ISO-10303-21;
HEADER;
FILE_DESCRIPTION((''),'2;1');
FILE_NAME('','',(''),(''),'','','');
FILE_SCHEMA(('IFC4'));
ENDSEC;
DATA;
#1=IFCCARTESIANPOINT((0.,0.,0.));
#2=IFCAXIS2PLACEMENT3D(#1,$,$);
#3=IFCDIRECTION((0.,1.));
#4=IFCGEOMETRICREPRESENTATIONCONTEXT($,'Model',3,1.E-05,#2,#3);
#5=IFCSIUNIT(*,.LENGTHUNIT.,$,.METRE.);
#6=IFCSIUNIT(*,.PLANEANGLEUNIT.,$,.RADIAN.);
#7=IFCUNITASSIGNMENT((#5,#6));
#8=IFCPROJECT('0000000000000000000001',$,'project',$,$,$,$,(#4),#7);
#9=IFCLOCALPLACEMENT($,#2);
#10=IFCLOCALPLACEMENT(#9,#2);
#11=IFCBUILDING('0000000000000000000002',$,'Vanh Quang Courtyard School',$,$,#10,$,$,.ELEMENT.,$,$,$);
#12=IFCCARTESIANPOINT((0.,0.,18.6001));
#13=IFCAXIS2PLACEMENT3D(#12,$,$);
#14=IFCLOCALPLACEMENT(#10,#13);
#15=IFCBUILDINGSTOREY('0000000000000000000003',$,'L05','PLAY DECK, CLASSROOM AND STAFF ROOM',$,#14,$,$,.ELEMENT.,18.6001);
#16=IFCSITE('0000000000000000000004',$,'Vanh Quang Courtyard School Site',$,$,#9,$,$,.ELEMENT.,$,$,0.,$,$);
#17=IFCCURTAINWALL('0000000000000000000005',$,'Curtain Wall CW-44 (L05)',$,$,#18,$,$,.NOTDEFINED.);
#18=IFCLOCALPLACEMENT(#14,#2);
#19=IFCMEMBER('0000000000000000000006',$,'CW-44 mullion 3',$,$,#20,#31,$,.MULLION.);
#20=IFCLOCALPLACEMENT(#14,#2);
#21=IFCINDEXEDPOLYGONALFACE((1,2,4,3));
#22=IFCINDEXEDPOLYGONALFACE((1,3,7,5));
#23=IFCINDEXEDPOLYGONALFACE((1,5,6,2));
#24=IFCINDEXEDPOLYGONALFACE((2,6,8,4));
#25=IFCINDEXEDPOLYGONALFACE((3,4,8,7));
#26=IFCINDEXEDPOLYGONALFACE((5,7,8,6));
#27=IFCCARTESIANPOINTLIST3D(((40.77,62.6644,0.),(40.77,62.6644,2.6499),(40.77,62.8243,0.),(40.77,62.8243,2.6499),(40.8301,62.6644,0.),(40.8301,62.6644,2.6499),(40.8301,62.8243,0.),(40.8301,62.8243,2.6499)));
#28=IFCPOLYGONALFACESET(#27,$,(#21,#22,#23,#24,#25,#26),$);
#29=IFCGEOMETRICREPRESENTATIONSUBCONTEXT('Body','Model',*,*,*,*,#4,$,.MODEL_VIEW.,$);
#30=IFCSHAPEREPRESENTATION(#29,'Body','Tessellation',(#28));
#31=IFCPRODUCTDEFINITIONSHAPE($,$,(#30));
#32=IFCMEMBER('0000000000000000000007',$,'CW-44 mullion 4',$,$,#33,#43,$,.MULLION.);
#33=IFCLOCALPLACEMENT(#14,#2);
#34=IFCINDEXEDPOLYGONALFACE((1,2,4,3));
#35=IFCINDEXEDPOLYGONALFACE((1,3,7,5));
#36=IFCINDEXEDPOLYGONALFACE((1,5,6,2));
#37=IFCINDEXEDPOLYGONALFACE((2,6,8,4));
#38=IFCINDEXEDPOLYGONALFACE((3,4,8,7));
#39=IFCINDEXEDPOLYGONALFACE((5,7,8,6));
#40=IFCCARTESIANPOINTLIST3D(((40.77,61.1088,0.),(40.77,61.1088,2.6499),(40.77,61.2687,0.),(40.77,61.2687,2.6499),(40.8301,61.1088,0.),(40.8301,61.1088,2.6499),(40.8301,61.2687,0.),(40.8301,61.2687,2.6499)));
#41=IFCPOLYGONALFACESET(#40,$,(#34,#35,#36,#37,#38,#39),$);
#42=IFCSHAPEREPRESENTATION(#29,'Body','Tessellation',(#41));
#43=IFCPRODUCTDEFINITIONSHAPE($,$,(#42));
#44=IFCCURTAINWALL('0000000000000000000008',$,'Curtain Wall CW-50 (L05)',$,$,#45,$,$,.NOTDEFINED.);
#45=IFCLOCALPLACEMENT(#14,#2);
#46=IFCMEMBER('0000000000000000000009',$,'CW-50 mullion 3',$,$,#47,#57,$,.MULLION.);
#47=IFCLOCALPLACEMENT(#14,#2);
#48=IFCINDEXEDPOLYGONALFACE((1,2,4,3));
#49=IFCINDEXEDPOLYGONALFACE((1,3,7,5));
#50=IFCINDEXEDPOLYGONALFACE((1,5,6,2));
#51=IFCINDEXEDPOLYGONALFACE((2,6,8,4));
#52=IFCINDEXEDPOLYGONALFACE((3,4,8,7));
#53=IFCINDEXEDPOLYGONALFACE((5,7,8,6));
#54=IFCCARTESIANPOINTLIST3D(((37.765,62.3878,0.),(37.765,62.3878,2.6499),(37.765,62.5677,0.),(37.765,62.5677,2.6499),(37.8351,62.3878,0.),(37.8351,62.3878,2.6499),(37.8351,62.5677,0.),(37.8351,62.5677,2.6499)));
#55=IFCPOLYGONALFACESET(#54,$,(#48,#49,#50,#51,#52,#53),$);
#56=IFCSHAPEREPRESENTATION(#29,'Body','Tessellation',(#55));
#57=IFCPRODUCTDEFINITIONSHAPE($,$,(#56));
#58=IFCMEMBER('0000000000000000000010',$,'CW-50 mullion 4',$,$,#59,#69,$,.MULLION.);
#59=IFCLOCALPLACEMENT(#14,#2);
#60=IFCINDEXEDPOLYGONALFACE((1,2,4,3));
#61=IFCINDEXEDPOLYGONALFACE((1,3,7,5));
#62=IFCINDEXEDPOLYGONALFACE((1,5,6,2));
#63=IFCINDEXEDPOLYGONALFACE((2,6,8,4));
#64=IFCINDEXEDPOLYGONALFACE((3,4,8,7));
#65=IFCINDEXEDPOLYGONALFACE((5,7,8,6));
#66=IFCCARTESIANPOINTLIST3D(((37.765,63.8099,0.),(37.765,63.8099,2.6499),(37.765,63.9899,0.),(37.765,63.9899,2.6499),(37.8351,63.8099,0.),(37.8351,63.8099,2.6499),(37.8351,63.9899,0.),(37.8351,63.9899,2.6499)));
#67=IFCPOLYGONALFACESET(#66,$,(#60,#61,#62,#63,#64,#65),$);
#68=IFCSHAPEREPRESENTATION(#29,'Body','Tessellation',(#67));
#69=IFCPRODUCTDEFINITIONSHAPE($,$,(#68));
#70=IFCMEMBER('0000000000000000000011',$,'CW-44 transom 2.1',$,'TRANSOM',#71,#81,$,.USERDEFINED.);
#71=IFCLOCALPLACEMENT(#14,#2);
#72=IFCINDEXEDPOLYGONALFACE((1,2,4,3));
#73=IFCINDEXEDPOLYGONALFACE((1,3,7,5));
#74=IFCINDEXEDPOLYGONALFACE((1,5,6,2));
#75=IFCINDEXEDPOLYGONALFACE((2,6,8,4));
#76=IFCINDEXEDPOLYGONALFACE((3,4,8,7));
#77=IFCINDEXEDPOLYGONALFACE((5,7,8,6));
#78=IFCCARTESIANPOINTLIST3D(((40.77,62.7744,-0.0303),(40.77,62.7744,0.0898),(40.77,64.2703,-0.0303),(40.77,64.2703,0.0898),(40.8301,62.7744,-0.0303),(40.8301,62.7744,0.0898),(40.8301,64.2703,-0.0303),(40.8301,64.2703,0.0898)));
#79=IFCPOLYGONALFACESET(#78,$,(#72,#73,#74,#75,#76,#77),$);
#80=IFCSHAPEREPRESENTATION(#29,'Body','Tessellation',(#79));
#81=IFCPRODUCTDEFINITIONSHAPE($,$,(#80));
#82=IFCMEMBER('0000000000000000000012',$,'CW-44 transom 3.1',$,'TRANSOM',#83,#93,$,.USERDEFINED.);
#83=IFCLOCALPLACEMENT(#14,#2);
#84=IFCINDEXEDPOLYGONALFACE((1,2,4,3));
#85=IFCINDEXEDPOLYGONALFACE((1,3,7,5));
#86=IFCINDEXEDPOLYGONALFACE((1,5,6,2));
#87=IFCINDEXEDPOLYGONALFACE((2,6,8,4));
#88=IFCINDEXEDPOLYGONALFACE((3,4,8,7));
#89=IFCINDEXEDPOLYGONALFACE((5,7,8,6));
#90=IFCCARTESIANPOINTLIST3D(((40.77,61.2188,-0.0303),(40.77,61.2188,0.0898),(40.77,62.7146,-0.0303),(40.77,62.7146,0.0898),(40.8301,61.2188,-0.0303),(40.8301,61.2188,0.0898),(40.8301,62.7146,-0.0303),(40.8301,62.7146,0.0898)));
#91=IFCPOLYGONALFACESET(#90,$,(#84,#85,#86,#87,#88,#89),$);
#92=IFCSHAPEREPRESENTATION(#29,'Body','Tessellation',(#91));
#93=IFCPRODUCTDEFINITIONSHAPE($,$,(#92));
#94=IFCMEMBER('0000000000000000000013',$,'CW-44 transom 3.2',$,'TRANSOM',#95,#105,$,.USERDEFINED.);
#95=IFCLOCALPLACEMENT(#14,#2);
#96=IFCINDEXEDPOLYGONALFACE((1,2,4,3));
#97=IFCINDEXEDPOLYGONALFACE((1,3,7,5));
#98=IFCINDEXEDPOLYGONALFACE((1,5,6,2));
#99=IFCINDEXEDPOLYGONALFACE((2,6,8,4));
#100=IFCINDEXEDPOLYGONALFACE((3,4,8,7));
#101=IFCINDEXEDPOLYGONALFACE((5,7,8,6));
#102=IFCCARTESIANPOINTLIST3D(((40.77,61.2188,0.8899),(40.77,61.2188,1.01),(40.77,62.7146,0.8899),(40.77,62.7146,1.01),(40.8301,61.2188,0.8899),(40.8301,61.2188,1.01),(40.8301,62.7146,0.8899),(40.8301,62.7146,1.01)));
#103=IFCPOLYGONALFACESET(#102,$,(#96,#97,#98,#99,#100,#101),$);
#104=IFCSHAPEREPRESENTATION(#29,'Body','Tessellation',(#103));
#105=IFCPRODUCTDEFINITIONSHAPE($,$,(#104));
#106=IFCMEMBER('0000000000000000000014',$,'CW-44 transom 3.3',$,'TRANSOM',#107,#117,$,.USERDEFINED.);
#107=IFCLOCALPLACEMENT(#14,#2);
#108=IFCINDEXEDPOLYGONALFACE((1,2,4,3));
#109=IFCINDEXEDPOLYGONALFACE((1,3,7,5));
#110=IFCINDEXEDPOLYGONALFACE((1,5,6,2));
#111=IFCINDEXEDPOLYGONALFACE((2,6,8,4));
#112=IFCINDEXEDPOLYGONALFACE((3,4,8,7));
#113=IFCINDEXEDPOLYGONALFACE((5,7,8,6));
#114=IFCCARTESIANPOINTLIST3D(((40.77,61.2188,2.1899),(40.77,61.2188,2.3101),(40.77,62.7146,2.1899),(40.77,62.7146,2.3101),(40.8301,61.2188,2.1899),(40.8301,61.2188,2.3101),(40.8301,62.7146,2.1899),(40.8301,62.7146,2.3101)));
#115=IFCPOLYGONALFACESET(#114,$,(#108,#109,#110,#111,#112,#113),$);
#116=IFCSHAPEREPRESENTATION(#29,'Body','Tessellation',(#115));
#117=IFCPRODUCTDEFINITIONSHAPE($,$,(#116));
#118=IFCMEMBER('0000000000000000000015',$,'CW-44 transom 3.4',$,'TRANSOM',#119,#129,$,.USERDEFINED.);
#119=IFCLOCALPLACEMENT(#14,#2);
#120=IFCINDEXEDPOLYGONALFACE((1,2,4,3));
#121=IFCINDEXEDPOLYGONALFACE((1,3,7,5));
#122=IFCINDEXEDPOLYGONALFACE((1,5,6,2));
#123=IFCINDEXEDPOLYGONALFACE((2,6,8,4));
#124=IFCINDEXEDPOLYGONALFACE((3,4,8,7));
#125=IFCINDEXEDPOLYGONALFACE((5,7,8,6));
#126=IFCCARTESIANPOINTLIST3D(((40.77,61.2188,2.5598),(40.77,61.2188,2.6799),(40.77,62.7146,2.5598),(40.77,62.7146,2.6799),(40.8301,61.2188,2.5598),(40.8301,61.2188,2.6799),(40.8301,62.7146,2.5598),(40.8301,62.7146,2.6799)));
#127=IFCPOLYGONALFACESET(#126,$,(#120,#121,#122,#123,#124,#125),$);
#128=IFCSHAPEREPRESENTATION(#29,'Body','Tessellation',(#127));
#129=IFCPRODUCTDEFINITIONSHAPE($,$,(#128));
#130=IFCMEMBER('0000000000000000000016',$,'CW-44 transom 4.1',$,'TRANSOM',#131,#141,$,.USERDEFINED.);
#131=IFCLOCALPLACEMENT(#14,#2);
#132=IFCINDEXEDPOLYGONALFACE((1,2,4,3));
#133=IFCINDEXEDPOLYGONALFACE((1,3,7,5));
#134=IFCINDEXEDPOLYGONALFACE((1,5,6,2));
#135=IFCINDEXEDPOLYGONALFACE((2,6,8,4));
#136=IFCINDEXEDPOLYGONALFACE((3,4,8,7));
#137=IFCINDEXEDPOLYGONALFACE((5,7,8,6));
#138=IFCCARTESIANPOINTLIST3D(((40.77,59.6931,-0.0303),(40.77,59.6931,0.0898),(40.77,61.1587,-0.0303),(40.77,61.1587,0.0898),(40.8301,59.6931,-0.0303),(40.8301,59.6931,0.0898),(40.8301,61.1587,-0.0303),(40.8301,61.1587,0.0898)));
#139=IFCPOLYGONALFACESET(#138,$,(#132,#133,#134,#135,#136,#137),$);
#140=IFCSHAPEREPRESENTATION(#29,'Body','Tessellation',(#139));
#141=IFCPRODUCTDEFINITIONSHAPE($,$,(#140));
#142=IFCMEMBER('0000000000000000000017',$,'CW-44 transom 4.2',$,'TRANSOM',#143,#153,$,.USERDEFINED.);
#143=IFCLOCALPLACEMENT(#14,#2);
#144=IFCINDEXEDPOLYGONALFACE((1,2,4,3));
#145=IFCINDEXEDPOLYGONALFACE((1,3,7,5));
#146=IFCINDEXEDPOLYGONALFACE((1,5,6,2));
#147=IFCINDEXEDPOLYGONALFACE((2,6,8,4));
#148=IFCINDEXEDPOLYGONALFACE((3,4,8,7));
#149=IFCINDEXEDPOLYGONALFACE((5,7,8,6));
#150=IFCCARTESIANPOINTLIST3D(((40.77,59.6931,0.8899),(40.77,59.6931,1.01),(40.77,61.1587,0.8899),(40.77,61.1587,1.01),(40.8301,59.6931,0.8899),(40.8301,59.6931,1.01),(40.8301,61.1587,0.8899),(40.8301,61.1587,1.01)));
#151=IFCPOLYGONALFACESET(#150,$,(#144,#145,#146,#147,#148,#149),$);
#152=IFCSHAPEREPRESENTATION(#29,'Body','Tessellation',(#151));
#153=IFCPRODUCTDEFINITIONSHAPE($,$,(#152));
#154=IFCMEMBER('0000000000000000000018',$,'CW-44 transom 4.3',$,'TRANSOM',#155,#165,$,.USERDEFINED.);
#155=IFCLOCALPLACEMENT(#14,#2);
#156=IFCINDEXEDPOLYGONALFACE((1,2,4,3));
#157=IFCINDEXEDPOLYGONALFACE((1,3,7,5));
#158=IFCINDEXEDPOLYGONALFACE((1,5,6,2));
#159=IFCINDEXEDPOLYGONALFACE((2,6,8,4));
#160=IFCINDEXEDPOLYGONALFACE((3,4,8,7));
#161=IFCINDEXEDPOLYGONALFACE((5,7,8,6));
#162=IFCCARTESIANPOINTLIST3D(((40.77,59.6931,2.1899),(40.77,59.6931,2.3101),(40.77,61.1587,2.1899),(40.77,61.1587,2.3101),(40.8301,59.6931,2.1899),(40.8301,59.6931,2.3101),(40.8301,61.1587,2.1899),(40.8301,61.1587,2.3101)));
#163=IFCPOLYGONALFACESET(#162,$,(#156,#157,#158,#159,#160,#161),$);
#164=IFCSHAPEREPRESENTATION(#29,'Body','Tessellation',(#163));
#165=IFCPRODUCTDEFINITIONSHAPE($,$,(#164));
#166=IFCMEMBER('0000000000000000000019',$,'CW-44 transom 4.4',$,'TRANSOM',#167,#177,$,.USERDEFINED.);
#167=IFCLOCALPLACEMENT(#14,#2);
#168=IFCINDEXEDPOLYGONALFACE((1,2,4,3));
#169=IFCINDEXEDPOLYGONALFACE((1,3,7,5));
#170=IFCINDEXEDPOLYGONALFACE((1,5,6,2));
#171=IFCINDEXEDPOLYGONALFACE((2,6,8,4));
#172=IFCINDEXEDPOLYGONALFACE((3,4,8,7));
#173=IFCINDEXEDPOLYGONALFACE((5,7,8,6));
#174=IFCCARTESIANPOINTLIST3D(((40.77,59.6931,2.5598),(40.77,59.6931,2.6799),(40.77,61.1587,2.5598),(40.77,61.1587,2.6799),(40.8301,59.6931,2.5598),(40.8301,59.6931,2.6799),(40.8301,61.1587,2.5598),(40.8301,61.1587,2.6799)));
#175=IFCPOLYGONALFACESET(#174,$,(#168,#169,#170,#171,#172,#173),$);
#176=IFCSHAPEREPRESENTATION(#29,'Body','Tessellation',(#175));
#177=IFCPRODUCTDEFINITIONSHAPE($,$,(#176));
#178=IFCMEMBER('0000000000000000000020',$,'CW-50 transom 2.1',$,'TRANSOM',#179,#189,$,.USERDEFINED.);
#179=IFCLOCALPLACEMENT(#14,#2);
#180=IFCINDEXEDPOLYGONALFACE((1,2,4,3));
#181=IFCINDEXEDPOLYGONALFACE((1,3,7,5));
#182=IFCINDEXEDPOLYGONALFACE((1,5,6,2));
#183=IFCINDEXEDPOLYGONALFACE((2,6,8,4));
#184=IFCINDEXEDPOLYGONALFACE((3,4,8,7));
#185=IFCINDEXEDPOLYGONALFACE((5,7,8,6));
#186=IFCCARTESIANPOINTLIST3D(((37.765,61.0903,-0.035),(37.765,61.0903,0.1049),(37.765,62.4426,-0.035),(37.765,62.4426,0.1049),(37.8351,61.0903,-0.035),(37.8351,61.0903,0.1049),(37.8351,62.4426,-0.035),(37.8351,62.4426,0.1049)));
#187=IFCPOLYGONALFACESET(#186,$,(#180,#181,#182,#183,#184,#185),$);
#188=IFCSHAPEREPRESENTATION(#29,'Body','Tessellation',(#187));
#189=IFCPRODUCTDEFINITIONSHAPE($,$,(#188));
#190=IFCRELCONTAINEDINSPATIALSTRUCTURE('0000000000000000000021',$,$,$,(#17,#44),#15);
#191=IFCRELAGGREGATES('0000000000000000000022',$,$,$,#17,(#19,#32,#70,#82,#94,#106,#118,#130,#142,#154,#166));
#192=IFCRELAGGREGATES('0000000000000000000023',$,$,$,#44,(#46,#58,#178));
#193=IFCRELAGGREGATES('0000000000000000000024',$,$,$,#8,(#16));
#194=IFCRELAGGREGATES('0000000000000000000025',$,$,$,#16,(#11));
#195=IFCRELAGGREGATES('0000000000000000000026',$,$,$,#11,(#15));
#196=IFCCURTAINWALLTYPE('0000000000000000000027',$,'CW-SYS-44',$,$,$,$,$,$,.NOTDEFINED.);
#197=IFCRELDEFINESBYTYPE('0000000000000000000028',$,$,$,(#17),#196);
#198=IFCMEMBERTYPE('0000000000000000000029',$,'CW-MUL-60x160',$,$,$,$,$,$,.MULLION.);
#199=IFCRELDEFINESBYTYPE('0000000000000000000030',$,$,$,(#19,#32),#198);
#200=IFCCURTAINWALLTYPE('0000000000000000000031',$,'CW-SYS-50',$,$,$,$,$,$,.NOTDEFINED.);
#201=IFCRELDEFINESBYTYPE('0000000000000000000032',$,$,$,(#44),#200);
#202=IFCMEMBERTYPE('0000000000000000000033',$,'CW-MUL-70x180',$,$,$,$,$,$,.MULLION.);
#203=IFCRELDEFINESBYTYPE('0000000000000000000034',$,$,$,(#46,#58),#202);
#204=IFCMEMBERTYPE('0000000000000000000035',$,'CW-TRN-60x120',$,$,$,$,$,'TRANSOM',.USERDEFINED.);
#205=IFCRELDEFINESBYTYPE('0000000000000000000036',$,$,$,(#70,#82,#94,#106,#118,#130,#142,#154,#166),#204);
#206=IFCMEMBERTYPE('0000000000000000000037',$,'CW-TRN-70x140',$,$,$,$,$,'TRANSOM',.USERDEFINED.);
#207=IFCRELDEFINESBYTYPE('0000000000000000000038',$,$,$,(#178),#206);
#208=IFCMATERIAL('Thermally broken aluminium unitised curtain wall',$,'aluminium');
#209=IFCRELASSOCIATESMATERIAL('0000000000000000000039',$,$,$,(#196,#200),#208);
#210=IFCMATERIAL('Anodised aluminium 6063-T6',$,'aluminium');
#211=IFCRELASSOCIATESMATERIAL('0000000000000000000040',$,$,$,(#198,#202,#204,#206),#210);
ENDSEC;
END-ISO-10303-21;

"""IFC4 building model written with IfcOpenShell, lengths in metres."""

from ifc_helpers import new_model, si_unit, direction, frame, origin, origin_2d, place, context, subcontext, project, spatial, rectangle, extrude, material, material_profile, profile_set, type_object, element, aggregate, save


model = new_model("IFC4")

# Units and contexts
model_context = context("Model", 3, precision=1e-05, world=origin(), true_north=direction((0.0, 1.0)))
body_context = subcontext(model_context, "Body", "Model", "MODEL_VIEW")
ifc_project = project(units=[si_unit("LENGTHUNIT", "METRE"), si_unit("PLANEANGLEUNIT", "RADIAN")], contexts=[model_context])

# Site, building, storey
site_placement = place(None, origin())
site = spatial("IfcSite", under=ifc_project, at=site_placement, Name="Vanh Quang Courtyard School Site", CompositionType="ELEMENT", RefElevation=0.0)
building_placement = place(site_placement, origin())
building = spatial("IfcBuilding", under=site, at=building_placement, Name="Vanh Quang Courtyard School", CompositionType="ELEMENT")
storey_placement = place(building_placement, frame((0.0, 0.0, 18.6001)))
storey = spatial("IfcBuildingStorey", under=building, at=storey_placement, Name="L05", Description="PLAY DECK, CLASSROOM AND STAFF ROOM", CompositionType="ELEMENT", Elevation=18.6001)

# Curtain walls, members
ifc_material_1 = material(Name="Thermally broken aluminium unitised curtain wall", Category="aluminium")
curtain_wall_type_1 = type_object("IfcCurtainWallType", Name="CW-SYS-44", PredefinedType="NOTDEFINED", material=ifc_material_1)
curtain_wall_1_placement = place(storey_placement, origin())
curtain_wall_1 = element("IfcCurtainWall", 1, at=curtain_wall_1_placement, inside=storey, type_object=curtain_wall_type_1, Name="Curtain Wall CW-44 (L05)", PredefinedType="NOTDEFINED")
ifc_material_2 = material(Name="Anodised aluminium 6063-T6", Category="aluminium")
ifc_material_profile_1 = material_profile(ifc_material_2, rectangle(XDim=0.0601, YDim=0.1599, at=origin_2d()), Name="ALU-MUL 60x160")
ifc_profile_set_1 = profile_set([ifc_material_profile_1], Name="Anodised aluminium 6063-T6")
member_type_1 = type_object("IfcMemberType", Name="CW-MUL-60x160", PredefinedType="MULLION", material=ifc_profile_set_1)
member_1_placement = place(storey_placement, frame((40.8, 62.7444, 0.0), z_axis=(0.0, 0.0, 1.0), x_axis=(1.0, 0.0, 0.0)))
member_1 = element("IfcMember", 2, at=member_1_placement, type_object=member_type_1, Name="CW-44 mullion 3", PredefinedType="MULLION", context=body_context, shape_type="SweptSolid", body=[
    extrude(rectangle(XDim=0.0601, YDim=0.1599, at=origin_2d()), origin(), (0.0, 0.0, 1.0), 2.6499),
])
member_2_placement = place(storey_placement, frame((40.8, 61.1887, 0.0), z_axis=(0.0, 0.0, 1.0), x_axis=(1.0, 0.0, 0.0)))
member_2 = element("IfcMember", 3, at=member_2_placement, type_object=member_type_1, Name="CW-44 mullion 4", PredefinedType="MULLION", context=body_context, shape_type="SweptSolid", body=[
    extrude(rectangle(XDim=0.0601, YDim=0.1599, at=origin_2d()), origin(), (0.0, 0.0, 1.0), 2.6499),
])
curtain_wall_type_2 = type_object("IfcCurtainWallType", Name="CW-SYS-50", PredefinedType="NOTDEFINED", material=ifc_material_1)
curtain_wall_2_placement = place(storey_placement, origin())
curtain_wall_2 = element("IfcCurtainWall", 4, at=curtain_wall_2_placement, inside=storey, type_object=curtain_wall_type_2, Name="Curtain Wall CW-50 (L05)", PredefinedType="NOTDEFINED")
ifc_material_profile_2 = material_profile(ifc_material_2, rectangle(XDim=0.0701, YDim=0.1799, at=origin_2d()), Name="ALU-MUL 70x180")
ifc_profile_set_2 = profile_set([ifc_material_profile_2], Name="Anodised aluminium 6063-T6")
member_type_2 = type_object("IfcMemberType", Name="CW-MUL-70x180", PredefinedType="MULLION", material=ifc_profile_set_2)
member_3_placement = place(storey_placement, frame((37.8, 62.4778, 0.0), z_axis=(0.0, 0.0, 1.0), x_axis=(-1.0, 0.0, 0.0)))
member_3 = element("IfcMember", 5, at=member_3_placement, type_object=member_type_2, Name="CW-50 mullion 3", PredefinedType="MULLION", context=body_context, shape_type="SweptSolid", body=[
    extrude(rectangle(XDim=0.0701, YDim=0.1799, at=origin_2d()), origin(), (0.0, 0.0, 1.0), 2.6499),
])
member_4_placement = place(storey_placement, frame((37.8, 63.8999, 0.0), z_axis=(0.0, 0.0, 1.0), x_axis=(-1.0, 0.0, 0.0)))
member_4 = element("IfcMember", 6, at=member_4_placement, type_object=member_type_2, Name="CW-50 mullion 4", PredefinedType="MULLION", context=body_context, shape_type="SweptSolid", body=[
    extrude(rectangle(XDim=0.0701, YDim=0.1799, at=origin_2d()), origin(), (0.0, 0.0, 1.0), 2.6499),
])

# Members
ifc_material_profile_3 = material_profile(ifc_material_2, rectangle(XDim=0.0601, YDim=0.1201, at=origin_2d()), Name="ALU-TRN 60x120")
ifc_profile_set_3 = profile_set([ifc_material_profile_3], Name="Anodised aluminium 6063-T6")
member_type_3 = type_object("IfcMemberType", Name="CW-TRN-60x120", ElementType="TRANSOM", PredefinedType="USERDEFINED", material=ifc_profile_set_3)
member_5_placement = place(storey_placement, frame((40.8, 64.2703, 0.0298), z_axis=(0.0, -1.0, 0.0), x_axis=(1.0, 0.0, 0.0)))
member_5 = element("IfcMember", 7, at=member_5_placement, type_object=member_type_3, Name="CW-44 transom 2.1", ObjectType="TRANSOM", PredefinedType="USERDEFINED", context=body_context, shape_type="SweptSolid", body=[
    extrude(rectangle(XDim=0.0601, YDim=0.1201, at=origin_2d()), origin(), (0.0, 0.0, 1.0), 1.4958),
])
member_6_placement = place(storey_placement, frame((40.8, 62.7146, 0.0298), z_axis=(0.0, -1.0, 0.0), x_axis=(1.0, 0.0, 0.0)))
member_6 = element("IfcMember", 8, at=member_6_placement, type_object=member_type_3, Name="CW-44 transom 3.1", ObjectType="TRANSOM", PredefinedType="USERDEFINED", context=body_context, shape_type="SweptSolid", body=[
    extrude(rectangle(XDim=0.0601, YDim=0.1201, at=origin_2d()), origin(), (0.0, 0.0, 1.0), 1.4958),
])
member_7_placement = place(storey_placement, frame((40.8, 62.7146, 0.95), z_axis=(0.0, -1.0, 0.0), x_axis=(1.0, 0.0, 0.0)))
member_7 = element("IfcMember", 9, at=member_7_placement, type_object=member_type_3, Name="CW-44 transom 3.2", ObjectType="TRANSOM", PredefinedType="USERDEFINED", context=body_context, shape_type="SweptSolid", body=[
    extrude(rectangle(XDim=0.0601, YDim=0.1201, at=origin_2d()), origin(), (0.0, 0.0, 1.0), 1.4958),
])
member_8_placement = place(storey_placement, frame((40.8, 62.7146, 2.25), z_axis=(0.0, -1.0, 0.0), x_axis=(1.0, 0.0, 0.0)))
member_8 = element("IfcMember", 10, at=member_8_placement, type_object=member_type_3, Name="CW-44 transom 3.3", ObjectType="TRANSOM", PredefinedType="USERDEFINED", context=body_context, shape_type="SweptSolid", body=[
    extrude(rectangle(XDim=0.0601, YDim=0.1201, at=origin_2d()), origin(), (0.0, 0.0, 1.0), 1.4958),
])
member_9_placement = place(storey_placement, frame((40.8, 62.7146, 2.6199), z_axis=(0.0, -1.0, 0.0), x_axis=(1.0, 0.0, 0.0)))
member_9 = element("IfcMember", 11, at=member_9_placement, type_object=member_type_3, Name="CW-44 transom 3.4", ObjectType="TRANSOM", PredefinedType="USERDEFINED", context=body_context, shape_type="SweptSolid", body=[
    extrude(rectangle(XDim=0.0601, YDim=0.1201, at=origin_2d()), origin(), (0.0, 0.0, 1.0), 1.4958),
])
member_10_placement = place(storey_placement, frame((40.8, 61.1587, 0.0298), z_axis=(0.0, -1.0, 0.0), x_axis=(1.0, 0.0, 0.0)))
member_10 = element("IfcMember", 12, at=member_10_placement, type_object=member_type_3, Name="CW-44 transom 4.1", ObjectType="TRANSOM", PredefinedType="USERDEFINED", context=body_context, shape_type="SweptSolid", body=[
    extrude(rectangle(XDim=0.0601, YDim=0.1201, at=origin_2d()), origin(), (0.0, 0.0, 1.0), 1.4656),
])
member_11_placement = place(storey_placement, frame((40.8, 61.1587, 0.95), z_axis=(0.0, -1.0, 0.0), x_axis=(1.0, 0.0, 0.0)))
member_11 = element("IfcMember", 13, at=member_11_placement, type_object=member_type_3, Name="CW-44 transom 4.2", ObjectType="TRANSOM", PredefinedType="USERDEFINED", context=body_context, shape_type="SweptSolid", body=[
    extrude(rectangle(XDim=0.0601, YDim=0.1201, at=origin_2d()), origin(), (0.0, 0.0, 1.0), 1.4656),
])
member_12_placement = place(storey_placement, frame((40.8, 61.1587, 2.25), z_axis=(0.0, -1.0, 0.0), x_axis=(1.0, 0.0, 0.0)))
member_12 = element("IfcMember", 14, at=member_12_placement, type_object=member_type_3, Name="CW-44 transom 4.3", ObjectType="TRANSOM", PredefinedType="USERDEFINED", context=body_context, shape_type="SweptSolid", body=[
    extrude(rectangle(XDim=0.0601, YDim=0.1201, at=origin_2d()), origin(), (0.0, 0.0, 1.0), 1.4656),
])
member_13_placement = place(storey_placement, frame((40.8, 61.1587, 2.6199), z_axis=(0.0, -1.0, 0.0), x_axis=(1.0, 0.0, 0.0)))
member_13 = element("IfcMember", 15, at=member_13_placement, type_object=member_type_3, Name="CW-44 transom 4.4", ObjectType="TRANSOM", PredefinedType="USERDEFINED", context=body_context, shape_type="SweptSolid", body=[
    extrude(rectangle(XDim=0.0601, YDim=0.1201, at=origin_2d()), origin(), (0.0, 0.0, 1.0), 1.4656),
])
ifc_material_profile_4 = material_profile(ifc_material_2, rectangle(XDim=0.0701, YDim=0.1399, at=origin_2d()), Name="ALU-TRN 70x140")
ifc_profile_set_4 = profile_set([ifc_material_profile_4], Name="Anodised aluminium 6063-T6")
member_type_4 = type_object("IfcMemberType", Name="CW-TRN-70x140", ElementType="TRANSOM", PredefinedType="USERDEFINED", material=ifc_profile_set_4)
member_14_placement = place(storey_placement, frame((37.8, 61.0903, 0.0349), z_axis=(0.0, 1.0, 0.0), x_axis=(-1.0, 0.0, 0.0)))
member_14 = element("IfcMember", 16, at=member_14_placement, type_object=member_type_4, Name="CW-50 transom 2.1", ObjectType="TRANSOM", PredefinedType="USERDEFINED", context=body_context, shape_type="SweptSolid", body=[
    extrude(rectangle(XDim=0.0701, YDim=0.1399, at=origin_2d()), origin(), (0.0, 0.0, 1.0), 1.3523),
])

aggregate(curtain_wall_1, [member_1, member_2, member_5, member_6, member_7, member_8, member_9, member_10, member_11, member_12, member_13])
aggregate(curtain_wall_2, [member_3, member_4, member_14])

save(model, "model.ifc")
